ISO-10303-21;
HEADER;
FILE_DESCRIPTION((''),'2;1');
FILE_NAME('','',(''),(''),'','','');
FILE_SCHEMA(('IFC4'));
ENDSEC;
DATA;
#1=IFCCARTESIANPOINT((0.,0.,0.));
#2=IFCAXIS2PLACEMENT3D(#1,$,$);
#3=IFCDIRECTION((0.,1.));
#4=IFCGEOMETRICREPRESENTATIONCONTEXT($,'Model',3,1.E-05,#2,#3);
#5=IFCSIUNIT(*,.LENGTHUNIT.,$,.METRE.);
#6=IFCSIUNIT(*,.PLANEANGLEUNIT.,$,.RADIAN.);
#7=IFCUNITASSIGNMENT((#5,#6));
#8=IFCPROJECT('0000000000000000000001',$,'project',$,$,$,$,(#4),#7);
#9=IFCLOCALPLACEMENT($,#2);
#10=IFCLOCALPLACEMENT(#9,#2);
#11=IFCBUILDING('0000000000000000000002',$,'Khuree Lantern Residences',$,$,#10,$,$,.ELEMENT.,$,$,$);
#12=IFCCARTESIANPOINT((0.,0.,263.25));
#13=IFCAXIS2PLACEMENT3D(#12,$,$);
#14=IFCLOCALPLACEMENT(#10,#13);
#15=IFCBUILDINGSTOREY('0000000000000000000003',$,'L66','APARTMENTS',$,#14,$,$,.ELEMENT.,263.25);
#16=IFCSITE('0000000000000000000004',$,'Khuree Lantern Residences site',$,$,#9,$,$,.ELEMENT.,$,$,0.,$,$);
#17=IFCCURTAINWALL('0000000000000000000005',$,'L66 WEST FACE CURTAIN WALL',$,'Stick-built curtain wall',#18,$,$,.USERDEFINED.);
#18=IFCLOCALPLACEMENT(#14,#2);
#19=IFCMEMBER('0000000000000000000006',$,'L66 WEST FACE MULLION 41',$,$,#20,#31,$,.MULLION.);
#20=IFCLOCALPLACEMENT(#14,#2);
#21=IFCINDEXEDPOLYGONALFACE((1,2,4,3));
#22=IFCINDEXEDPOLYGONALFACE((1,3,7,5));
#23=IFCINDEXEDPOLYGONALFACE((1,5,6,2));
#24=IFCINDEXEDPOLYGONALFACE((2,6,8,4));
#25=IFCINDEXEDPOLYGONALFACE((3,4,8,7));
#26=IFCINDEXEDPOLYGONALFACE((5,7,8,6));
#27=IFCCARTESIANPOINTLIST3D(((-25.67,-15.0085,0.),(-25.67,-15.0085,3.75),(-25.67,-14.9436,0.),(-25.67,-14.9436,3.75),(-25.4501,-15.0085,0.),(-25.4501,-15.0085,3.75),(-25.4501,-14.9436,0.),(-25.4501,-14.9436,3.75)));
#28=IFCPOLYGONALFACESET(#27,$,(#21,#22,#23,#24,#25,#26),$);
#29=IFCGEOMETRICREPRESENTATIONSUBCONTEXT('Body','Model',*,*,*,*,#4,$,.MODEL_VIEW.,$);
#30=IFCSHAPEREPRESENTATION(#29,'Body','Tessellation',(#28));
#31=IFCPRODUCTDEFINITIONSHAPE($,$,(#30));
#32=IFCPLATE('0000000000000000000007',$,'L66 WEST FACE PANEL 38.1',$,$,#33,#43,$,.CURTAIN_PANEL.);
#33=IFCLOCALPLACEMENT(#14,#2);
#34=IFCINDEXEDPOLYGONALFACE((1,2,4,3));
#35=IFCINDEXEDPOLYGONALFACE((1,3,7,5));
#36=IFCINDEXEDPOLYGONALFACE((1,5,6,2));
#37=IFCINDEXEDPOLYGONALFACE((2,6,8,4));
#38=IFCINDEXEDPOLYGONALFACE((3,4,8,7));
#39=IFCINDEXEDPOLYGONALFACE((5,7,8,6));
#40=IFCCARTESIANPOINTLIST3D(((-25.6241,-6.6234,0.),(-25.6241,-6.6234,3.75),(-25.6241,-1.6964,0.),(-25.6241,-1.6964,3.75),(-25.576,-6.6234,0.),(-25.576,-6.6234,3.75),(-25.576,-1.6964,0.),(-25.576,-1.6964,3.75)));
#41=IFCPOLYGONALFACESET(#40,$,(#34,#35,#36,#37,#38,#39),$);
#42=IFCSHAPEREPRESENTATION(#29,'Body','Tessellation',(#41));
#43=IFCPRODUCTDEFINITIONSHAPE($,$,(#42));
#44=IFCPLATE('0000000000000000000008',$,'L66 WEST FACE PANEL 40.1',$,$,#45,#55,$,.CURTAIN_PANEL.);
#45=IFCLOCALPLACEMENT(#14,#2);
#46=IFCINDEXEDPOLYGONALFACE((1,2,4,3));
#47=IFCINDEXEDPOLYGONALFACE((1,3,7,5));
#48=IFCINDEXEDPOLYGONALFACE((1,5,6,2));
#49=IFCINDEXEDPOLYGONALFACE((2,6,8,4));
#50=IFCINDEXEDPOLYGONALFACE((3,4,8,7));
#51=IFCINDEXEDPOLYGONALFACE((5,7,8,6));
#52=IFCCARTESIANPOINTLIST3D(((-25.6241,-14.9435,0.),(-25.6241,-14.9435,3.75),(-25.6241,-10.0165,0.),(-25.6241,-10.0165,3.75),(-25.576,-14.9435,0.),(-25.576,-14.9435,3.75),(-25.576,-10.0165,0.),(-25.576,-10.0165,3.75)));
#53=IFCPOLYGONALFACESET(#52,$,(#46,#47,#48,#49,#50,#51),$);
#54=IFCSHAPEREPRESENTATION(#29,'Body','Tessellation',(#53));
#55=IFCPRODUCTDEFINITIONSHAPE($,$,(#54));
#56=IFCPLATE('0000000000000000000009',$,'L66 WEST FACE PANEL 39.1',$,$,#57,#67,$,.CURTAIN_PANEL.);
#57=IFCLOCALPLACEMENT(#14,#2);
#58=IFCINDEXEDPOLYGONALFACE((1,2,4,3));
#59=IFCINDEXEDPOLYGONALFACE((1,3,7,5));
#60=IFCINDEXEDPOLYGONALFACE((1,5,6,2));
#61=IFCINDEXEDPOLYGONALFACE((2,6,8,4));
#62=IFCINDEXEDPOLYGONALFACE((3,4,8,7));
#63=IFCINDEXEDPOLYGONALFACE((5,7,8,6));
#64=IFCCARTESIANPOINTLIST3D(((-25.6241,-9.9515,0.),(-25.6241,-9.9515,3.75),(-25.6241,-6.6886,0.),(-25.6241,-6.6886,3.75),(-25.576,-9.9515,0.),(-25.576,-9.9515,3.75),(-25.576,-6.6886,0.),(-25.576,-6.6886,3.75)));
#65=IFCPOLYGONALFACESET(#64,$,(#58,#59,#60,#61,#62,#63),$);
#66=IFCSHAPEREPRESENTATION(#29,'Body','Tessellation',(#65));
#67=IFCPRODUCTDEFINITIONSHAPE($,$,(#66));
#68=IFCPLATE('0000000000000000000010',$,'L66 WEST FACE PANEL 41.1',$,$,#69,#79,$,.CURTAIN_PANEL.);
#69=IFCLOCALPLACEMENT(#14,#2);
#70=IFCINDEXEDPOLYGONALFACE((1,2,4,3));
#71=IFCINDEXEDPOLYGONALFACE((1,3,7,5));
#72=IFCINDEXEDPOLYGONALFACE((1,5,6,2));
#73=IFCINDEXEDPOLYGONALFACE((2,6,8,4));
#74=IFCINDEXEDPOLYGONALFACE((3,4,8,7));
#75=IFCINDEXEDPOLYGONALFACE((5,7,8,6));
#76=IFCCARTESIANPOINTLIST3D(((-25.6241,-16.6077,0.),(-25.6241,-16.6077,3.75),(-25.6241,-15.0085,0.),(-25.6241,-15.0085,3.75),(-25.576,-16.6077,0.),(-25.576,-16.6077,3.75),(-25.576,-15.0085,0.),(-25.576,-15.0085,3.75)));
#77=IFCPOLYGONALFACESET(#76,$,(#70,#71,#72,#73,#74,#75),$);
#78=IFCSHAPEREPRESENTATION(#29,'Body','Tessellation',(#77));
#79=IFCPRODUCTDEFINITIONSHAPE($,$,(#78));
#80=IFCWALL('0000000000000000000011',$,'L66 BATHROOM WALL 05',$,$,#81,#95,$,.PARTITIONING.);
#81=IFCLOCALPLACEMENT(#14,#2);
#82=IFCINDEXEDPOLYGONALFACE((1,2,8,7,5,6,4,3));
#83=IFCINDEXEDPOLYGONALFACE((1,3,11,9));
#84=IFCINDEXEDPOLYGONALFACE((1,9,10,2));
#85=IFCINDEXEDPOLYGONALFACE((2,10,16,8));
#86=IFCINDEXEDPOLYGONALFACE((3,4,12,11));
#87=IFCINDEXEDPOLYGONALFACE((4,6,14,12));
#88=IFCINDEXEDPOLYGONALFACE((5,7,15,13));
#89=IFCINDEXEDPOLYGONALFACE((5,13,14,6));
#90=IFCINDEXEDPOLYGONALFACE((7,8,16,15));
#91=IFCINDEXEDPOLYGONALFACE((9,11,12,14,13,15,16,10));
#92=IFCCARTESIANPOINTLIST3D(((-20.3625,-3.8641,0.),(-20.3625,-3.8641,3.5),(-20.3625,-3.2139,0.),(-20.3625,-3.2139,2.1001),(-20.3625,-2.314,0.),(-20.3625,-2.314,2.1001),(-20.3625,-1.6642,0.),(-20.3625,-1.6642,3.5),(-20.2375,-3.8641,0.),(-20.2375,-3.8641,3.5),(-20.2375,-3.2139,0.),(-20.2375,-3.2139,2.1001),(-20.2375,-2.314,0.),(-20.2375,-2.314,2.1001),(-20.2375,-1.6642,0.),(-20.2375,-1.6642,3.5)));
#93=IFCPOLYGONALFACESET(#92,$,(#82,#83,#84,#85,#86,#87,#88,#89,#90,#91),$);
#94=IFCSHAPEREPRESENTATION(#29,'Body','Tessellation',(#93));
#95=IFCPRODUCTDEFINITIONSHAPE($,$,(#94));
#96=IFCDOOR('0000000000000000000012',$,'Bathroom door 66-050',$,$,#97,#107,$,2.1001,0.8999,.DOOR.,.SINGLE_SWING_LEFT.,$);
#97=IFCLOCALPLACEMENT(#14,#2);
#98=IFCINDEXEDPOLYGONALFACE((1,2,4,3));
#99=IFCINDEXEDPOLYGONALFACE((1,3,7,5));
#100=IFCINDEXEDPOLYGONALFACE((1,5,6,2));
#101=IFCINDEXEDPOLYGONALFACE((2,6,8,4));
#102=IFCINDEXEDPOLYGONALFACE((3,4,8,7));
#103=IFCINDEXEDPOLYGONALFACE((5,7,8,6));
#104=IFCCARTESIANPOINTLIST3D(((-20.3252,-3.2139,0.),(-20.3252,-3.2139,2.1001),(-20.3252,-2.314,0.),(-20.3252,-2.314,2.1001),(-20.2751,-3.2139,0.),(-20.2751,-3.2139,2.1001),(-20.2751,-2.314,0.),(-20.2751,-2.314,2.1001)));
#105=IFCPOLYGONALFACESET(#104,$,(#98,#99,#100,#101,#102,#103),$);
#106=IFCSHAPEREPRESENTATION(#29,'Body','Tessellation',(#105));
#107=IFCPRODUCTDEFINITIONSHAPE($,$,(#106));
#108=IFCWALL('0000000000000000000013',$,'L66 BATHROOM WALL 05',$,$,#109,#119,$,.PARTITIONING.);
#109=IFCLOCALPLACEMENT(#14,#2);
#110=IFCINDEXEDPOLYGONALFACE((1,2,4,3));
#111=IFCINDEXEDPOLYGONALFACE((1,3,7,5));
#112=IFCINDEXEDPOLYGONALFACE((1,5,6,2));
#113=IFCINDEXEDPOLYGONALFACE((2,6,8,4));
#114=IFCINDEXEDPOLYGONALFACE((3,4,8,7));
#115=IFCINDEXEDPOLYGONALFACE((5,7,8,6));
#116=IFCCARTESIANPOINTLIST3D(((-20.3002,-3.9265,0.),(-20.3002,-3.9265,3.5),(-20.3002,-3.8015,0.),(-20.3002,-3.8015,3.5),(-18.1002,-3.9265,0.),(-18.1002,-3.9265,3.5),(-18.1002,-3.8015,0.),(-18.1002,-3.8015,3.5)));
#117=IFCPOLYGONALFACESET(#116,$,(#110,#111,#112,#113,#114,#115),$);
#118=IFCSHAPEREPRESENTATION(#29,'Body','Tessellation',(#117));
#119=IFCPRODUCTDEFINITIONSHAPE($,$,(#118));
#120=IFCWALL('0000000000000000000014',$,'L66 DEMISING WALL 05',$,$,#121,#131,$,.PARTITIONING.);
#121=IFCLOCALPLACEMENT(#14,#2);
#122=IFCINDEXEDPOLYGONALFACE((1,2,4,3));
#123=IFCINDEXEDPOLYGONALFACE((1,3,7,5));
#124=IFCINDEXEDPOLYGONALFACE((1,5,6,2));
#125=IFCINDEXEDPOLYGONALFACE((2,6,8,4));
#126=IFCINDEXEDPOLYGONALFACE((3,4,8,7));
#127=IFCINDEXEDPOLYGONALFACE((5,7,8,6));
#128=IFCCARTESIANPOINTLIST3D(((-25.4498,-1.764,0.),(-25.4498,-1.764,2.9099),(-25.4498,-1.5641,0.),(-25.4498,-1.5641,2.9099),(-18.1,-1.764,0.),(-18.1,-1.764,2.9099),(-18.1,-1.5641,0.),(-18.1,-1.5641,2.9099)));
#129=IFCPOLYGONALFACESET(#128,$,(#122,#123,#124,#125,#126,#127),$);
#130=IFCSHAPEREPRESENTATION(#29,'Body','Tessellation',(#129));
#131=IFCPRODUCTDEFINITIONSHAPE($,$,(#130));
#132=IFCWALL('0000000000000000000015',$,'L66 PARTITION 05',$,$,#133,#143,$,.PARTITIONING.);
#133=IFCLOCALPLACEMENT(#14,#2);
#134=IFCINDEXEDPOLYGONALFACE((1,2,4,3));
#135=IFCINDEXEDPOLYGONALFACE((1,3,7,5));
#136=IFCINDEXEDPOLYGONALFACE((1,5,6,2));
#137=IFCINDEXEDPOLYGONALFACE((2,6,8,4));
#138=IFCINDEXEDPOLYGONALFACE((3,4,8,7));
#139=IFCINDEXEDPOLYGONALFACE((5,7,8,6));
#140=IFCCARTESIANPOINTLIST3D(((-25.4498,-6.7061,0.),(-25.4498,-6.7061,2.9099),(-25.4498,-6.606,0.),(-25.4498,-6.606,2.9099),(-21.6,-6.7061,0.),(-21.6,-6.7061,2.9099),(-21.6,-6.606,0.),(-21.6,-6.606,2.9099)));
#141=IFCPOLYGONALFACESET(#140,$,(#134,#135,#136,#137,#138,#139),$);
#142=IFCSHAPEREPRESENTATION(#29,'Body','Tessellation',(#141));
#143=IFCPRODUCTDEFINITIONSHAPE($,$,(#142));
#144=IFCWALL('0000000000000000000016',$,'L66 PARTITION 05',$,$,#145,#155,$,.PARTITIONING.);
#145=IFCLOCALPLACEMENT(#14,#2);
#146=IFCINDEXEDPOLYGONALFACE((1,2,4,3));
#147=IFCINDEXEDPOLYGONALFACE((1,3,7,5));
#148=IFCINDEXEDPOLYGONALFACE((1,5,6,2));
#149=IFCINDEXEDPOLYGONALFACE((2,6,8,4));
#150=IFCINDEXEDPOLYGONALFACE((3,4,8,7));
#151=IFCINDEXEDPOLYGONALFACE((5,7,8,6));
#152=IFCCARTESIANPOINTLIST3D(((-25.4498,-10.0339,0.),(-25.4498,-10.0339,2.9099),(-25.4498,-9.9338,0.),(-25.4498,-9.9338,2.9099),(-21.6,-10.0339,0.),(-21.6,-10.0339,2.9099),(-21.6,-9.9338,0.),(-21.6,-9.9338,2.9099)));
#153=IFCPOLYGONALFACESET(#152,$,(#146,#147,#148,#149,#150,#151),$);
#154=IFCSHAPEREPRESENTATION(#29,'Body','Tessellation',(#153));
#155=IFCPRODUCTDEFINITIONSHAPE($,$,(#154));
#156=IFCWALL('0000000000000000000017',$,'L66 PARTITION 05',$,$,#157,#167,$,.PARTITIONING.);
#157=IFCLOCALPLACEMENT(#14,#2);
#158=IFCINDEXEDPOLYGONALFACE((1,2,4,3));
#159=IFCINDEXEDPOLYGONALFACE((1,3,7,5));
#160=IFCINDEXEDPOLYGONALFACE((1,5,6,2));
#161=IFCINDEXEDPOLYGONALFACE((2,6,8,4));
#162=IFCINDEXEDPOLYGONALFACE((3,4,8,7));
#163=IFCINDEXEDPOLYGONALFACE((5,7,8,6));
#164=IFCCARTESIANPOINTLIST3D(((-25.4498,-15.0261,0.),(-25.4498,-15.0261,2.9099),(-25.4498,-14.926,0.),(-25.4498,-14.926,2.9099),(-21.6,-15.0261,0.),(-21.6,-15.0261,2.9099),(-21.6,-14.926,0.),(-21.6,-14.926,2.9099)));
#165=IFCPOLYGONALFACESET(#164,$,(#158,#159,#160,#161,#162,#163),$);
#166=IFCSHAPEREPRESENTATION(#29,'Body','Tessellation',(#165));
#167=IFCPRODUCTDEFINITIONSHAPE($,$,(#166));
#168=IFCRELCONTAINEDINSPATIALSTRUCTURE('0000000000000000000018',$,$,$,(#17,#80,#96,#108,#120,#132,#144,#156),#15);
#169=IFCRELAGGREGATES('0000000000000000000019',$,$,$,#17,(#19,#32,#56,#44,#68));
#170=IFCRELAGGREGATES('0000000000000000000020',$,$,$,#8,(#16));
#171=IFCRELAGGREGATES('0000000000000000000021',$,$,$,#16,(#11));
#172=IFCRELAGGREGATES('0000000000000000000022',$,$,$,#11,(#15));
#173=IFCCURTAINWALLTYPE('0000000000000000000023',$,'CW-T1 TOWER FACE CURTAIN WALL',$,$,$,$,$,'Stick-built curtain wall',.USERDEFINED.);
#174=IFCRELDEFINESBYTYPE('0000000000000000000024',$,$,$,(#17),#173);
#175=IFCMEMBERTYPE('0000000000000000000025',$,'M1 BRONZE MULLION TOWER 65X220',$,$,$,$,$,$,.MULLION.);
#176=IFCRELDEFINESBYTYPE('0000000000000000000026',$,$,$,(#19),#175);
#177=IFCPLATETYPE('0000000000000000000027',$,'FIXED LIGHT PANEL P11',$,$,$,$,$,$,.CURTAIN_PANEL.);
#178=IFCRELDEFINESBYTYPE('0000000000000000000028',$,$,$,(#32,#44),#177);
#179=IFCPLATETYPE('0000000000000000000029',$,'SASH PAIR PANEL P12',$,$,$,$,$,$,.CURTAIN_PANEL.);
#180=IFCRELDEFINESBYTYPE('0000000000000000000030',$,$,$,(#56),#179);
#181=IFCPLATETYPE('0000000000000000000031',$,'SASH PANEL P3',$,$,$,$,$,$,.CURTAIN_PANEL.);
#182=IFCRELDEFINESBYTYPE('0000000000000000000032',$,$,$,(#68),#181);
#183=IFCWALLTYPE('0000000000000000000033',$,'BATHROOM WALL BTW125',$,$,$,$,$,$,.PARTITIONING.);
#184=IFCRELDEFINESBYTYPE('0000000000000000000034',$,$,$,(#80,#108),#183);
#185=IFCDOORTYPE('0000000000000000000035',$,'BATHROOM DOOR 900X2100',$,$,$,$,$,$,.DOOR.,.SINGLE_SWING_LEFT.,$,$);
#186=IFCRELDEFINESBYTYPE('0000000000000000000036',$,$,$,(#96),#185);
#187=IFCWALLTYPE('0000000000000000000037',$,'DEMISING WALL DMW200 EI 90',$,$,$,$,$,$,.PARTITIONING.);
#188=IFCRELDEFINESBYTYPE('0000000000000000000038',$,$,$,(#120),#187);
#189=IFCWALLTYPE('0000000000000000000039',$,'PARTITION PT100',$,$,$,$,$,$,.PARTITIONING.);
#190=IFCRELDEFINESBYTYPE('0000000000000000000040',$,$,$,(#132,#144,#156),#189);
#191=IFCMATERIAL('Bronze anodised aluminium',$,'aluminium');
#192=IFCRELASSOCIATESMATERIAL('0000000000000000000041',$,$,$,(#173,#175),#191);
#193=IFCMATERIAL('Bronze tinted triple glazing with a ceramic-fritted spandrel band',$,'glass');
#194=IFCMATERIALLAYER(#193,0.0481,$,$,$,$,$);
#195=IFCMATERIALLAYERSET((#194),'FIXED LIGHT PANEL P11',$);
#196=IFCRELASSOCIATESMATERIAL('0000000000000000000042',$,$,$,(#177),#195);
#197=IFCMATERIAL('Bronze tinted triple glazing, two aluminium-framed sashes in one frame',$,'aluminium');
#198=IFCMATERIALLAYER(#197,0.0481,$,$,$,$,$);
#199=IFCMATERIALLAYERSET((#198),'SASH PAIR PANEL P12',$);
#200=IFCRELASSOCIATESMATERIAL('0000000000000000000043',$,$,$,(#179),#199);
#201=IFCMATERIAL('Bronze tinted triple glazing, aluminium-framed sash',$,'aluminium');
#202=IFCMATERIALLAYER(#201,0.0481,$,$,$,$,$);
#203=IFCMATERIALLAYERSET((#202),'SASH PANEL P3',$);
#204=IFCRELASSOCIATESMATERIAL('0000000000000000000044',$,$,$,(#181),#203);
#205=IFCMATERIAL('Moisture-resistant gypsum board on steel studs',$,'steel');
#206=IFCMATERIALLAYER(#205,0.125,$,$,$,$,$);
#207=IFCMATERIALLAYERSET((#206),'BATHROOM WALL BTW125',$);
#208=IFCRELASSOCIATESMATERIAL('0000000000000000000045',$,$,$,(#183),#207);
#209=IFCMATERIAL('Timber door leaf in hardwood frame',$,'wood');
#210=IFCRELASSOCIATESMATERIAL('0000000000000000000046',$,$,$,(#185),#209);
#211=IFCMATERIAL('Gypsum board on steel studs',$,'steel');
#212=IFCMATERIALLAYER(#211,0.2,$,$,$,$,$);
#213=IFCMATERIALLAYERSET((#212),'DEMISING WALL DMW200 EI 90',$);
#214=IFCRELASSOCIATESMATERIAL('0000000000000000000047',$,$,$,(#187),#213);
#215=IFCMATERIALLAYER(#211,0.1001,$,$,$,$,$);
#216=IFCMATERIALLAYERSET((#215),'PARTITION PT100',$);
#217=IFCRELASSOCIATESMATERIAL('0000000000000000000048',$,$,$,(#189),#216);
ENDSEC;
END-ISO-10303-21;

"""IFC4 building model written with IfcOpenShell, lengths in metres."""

from ifc_helpers import new_model, si_unit, direction, frame, frame_2d, origin, origin_2d, place, context, subcontext, project, spatial, rectangle, extrude, material, layer, layer_set, material_profile, profile_set, type_object, element, fill, aggregate, save


model = new_model("IFC4")

# Units and contexts
model_context = context("Model", 3, precision=1e-05, world=origin(), true_north=direction((0.0, 1.0)))
body_context = subcontext(model_context, "Body", "Model", "MODEL_VIEW")
ifc_project = project(units=[si_unit("LENGTHUNIT", "METRE"), si_unit("PLANEANGLEUNIT", "RADIAN")], contexts=[model_context])

# Site, building, storey
site_placement = place(None, origin())
site = spatial("IfcSite", under=ifc_project, at=site_placement, Name="Khuree Lantern Residences site", CompositionType="ELEMENT", RefElevation=0.0)
building_placement = place(site_placement, origin())
building = spatial("IfcBuilding", under=site, at=building_placement, Name="Khuree Lantern Residences", CompositionType="ELEMENT")
storey_placement = place(building_placement, frame((0.0, 0.0, 263.25)))
storey = spatial("IfcBuildingStorey", under=building, at=storey_placement, Name="L66", Description="APARTMENTS", CompositionType="ELEMENT", Elevation=263.25)

# Curtain wall
ifc_material_1 = material(Name="Bronze anodised aluminium", Category="aluminium")
curtain_wall_type = type_object("IfcCurtainWallType", Name="CW-T1 TOWER FACE CURTAIN WALL", ElementType="Stick-built curtain wall", PredefinedType="USERDEFINED", material=ifc_material_1)
curtain_wall_placement = place(storey_placement, origin())
curtain_wall = element("IfcCurtainWall", 1, at=curtain_wall_placement, inside=storey, type_object=curtain_wall_type, Name="L66 WEST FACE CURTAIN WALL", ObjectType="Stick-built curtain wall", PredefinedType="USERDEFINED")

# Member
ifc_material_profile_1 = material_profile(ifc_material_1, rectangle(XDim=0.0649, YDim=0.22, at=origin_2d()), Name="M1 65X220")
ifc_profile_set_1 = profile_set([ifc_material_profile_1], Name="Bronze anodised aluminium")
member_type_1 = type_object("IfcMemberType", Name="M1 BRONZE MULLION TOWER 65X220", PredefinedType="MULLION", material=ifc_profile_set_1)
member_1_placement = place(storey_placement, frame((-25.5601, -14.9761, 0.0), z_axis=(0.0, 0.0, 1.0), x_axis=(0.0, -1.0, 0.0)))
member_1 = element("IfcMember", 2, at=member_1_placement, type_object=member_type_1, Name="L66 WEST FACE MULLION 41", PredefinedType="MULLION", context=body_context, shape_type="SweptSolid", body=[
    extrude(rectangle(XDim=0.0649, YDim=0.22, at=origin_2d()), origin(), (0.0, 0.0, 1.0), 3.75),
])

# Plates
ifc_material_2 = material(Name="Bronze tinted triple glazing with a ceramic-fritted spandrel band", Category="glass")
ifc_layer_1 = layer(ifc_material_2, 0.0481)
ifc_layer_set_1 = layer_set([ifc_layer_1], Name="FIXED LIGHT PANEL P11")
plate_type_1 = type_object("IfcPlateType", Name="FIXED LIGHT PANEL P11", PredefinedType="CURTAIN_PANEL", material=ifc_layer_set_1)
plate_1_placement = place(storey_placement, frame((-25.6001, -4.1599, 0.0), z_axis=(0.0, 0.0, 1.0), x_axis=(0.0, -1.0, 0.0)))
plate_1 = element("IfcPlate", 3, at=plate_1_placement, type_object=plate_type_1, Name="L66 WEST FACE PANEL 38.1", PredefinedType="CURTAIN_PANEL", context=body_context, shape_type="SweptSolid", body=[
    extrude(rectangle(XDim=4.927, YDim=0.0481, at=origin_2d()), origin(), (0.0, 0.0, 1.0), 3.75),
])
plate_2_placement = place(storey_placement, frame((-25.6001, -12.48, 0.0), z_axis=(0.0, 0.0, 1.0), x_axis=(0.0, -1.0, 0.0)))
plate_2 = element("IfcPlate", 4, at=plate_2_placement, type_object=plate_type_1, Name="L66 WEST FACE PANEL 40.1", PredefinedType="CURTAIN_PANEL", context=body_context, shape_type="SweptSolid", body=[
    extrude(rectangle(XDim=4.927, YDim=0.0481, at=origin_2d()), origin(), (0.0, 0.0, 1.0), 3.75),
])
ifc_material_3 = material(Name="Bronze tinted triple glazing, two aluminium-framed sashes in one frame", Category="aluminium")
ifc_layer_2 = layer(ifc_material_3, 0.0481)
ifc_layer_set_2 = layer_set([ifc_layer_2], Name="SASH PAIR PANEL P12")
plate_type_2 = type_object("IfcPlateType", Name="SASH PAIR PANEL P12", PredefinedType="CURTAIN_PANEL", material=ifc_layer_set_2)
plate_3_placement = place(storey_placement, frame((-25.6001, -8.3201, 0.0), z_axis=(0.0, 0.0, 1.0), x_axis=(0.0, -1.0, 0.0)))
plate_3 = element("IfcPlate", 5, at=plate_3_placement, type_object=plate_type_2, Name="L66 WEST FACE PANEL 39.1", PredefinedType="CURTAIN_PANEL", context=body_context, shape_type="SweptSolid", body=[
    extrude(rectangle(XDim=3.2629, YDim=0.0481, at=origin_2d()), origin(), (0.0, 0.0, 1.0), 3.75),
])
ifc_material_4 = material(Name="Bronze tinted triple glazing, aluminium-framed sash", Category="aluminium")
ifc_layer_3 = layer(ifc_material_4, 0.0481)
ifc_layer_set_3 = layer_set([ifc_layer_3], Name="SASH PANEL P3")
plate_type_3 = type_object("IfcPlateType", Name="SASH PANEL P3", PredefinedType="CURTAIN_PANEL", material=ifc_layer_set_3)
plate_4_placement = place(storey_placement, frame((-25.6001, -15.8081, 0.0), z_axis=(0.0, 0.0, 1.0), x_axis=(0.0, -1.0, 0.0)))
plate_4 = element("IfcPlate", 6, at=plate_4_placement, type_object=plate_type_3, Name="L66 WEST FACE PANEL 41.1", PredefinedType="CURTAIN_PANEL", context=body_context, shape_type="SweptSolid", body=[
    extrude(rectangle(XDim=1.5991, YDim=0.0481, at=origin_2d()), origin(), (0.0, 0.0, 1.0), 3.75),
])
aggregate(curtain_wall, [member_1, plate_1, plate_3, plate_2, plate_4])

# Wall, opening, door
ifc_material_5 = material(Name="Moisture-resistant gypsum board on steel studs", Category="steel")
ifc_layer_4 = layer(ifc_material_5, 0.125)
ifc_layer_set_4 = layer_set([ifc_layer_4], Name="BATHROOM WALL BTW125")
wall_type_1 = type_object("IfcWallType", Name="BATHROOM WALL BTW125", PredefinedType="PARTITIONING", material=ifc_layer_set_4)
wall_1_placement = place(storey_placement, frame((-20.3, -1.6641, 0.0), z_axis=(0.0, 0.0, 1.0), x_axis=(0.0, -1.0, 0.0)))
wall_1 = element("IfcWall", 7, at=wall_1_placement, inside=storey, type_object=wall_type_1, Name="L66 BATHROOM WALL 05", PredefinedType="PARTITIONING", context=body_context, shape_type="SweptSolid", body=[
    extrude(rectangle(XDim=2.2, YDim=0.125, at=frame_2d((1.1001, 0.0))), origin(), (0.0, 0.0, 1.0), 3.5),
])
opening_1_placement = place(wall_1_placement, frame((0.6499, 0.0, 0.0)))
opening_1 = element("IfcOpeningElement", 8, at=opening_1_placement, cuts=wall_1, PredefinedType="OPENING", context=body_context, shape_type="SweptSolid", body=[
    extrude(rectangle(XDim=0.8999, YDim=2.1001, at=frame_2d((0.45, 1.05))), frame((0.0, 0.0725, 0.0), z_axis=(0.0, -1.0, 0.0), x_axis=(1.0, 0.0, 0.0)), (0.0, 0.0, 1.0), 0.145),
])
ifc_material_6 = material(Name="Timber door leaf in hardwood frame", Category="wood")
door_type_1 = type_object("IfcDoorType", Name="BATHROOM DOOR 900X2100", OperationType="SINGLE_SWING_LEFT", PredefinedType="DOOR", material=ifc_material_6)
door_1_placement = place(opening_1_placement, origin())
door_1 = element("IfcDoor", 9, at=door_1_placement, inside=storey, type_object=door_type_1, Name="Bathroom door 66-050", OperationType="SINGLE_SWING_LEFT", OverallHeight=2.1001, OverallWidth=0.8999, PredefinedType="DOOR", context=body_context, shape_type="SweptSolid", body=[
    extrude(rectangle(XDim=0.8999, YDim=2.1001, at=frame_2d((0.45, 1.05))), frame((0.0, 0.0249, 0.0), z_axis=(0.0, -1.0, 0.0), x_axis=(1.0, 0.0, 0.0)), (0.0, 0.0, 1.0), 0.05),
])
fill(opening_1, door_1)

# Walls
wall_2_placement = place(storey_placement, frame((-18.1001, -3.864, 0.0), z_axis=(0.0, 0.0, 1.0), x_axis=(-1.0, 0.0, 0.0)))
element("IfcWall", 10, at=wall_2_placement, inside=storey, type_object=wall_type_1, Name="L66 BATHROOM WALL 05", PredefinedType="PARTITIONING", context=body_context, shape_type="SweptSolid", body=[
    extrude(rectangle(XDim=2.2, YDim=0.125, at=frame_2d((1.1001, 0.0))), origin(), (0.0, 0.0, 1.0), 3.5),
])
ifc_material_7 = material(Name="Gypsum board on steel studs", Category="steel")
ifc_layer_5 = layer(ifc_material_7, 0.2)
ifc_layer_set_5 = layer_set([ifc_layer_5], Name="DEMISING WALL DMW200 EI 90")
wall_type_2 = type_object("IfcWallType", Name="DEMISING WALL DMW200 EI 90", PredefinedType="PARTITIONING", material=ifc_layer_set_5)
wall_3_placement = place(storey_placement, frame((-18.1001, -1.6641, 0.0), z_axis=(0.0, 0.0, 1.0), x_axis=(-1.0, 0.0, 0.0)))
element("IfcWall", 11, at=wall_3_placement, inside=storey, type_object=wall_type_2, Name="L66 DEMISING WALL 05", PredefinedType="PARTITIONING", context=body_context, shape_type="SweptSolid", body=[
    extrude(rectangle(XDim=7.3499, YDim=0.2, at=frame_2d((3.6748, 0.0))), origin(), (0.0, 0.0, 1.0), 2.9099),
])
ifc_layer_6 = layer(ifc_material_7, 0.1001)
ifc_layer_set_6 = layer_set([ifc_layer_6], Name="PARTITION PT100")
wall_type_3 = type_object("IfcWallType", Name="PARTITION PT100", PredefinedType="PARTITIONING", material=ifc_layer_set_6)
for number, where, z_axis, x_axis, name in (
    (12, (-21.6001, -6.656, 0.0), (0.0, 0.0, 1.0), (-1.0, 0.0, 0.0), "L66 PARTITION 05"),
    (13, (-21.6001, -9.9839, 0.0), (0.0, 0.0, 1.0), (-1.0, 0.0, 0.0), "L66 PARTITION 05"),
    (14, (-21.6001, -14.9761, 0.0), (0.0, 0.0, 1.0), (-1.0, 0.0, 0.0), "L66 PARTITION 05"),
):
    element("IfcWall", number, at=place(storey_placement, frame(where, z_axis=z_axis, x_axis=x_axis)), inside=storey, type_object=wall_type_3, Name=name, PredefinedType="PARTITIONING", context=body_context, shape_type="SweptSolid", body=[
        extrude(rectangle(XDim=3.8499, YDim=0.1001, at=frame_2d((1.9248, 0.0))), origin(), (0.0, 0.0, 1.0), 2.9099),
    ])

save(model, "model.ifc")
